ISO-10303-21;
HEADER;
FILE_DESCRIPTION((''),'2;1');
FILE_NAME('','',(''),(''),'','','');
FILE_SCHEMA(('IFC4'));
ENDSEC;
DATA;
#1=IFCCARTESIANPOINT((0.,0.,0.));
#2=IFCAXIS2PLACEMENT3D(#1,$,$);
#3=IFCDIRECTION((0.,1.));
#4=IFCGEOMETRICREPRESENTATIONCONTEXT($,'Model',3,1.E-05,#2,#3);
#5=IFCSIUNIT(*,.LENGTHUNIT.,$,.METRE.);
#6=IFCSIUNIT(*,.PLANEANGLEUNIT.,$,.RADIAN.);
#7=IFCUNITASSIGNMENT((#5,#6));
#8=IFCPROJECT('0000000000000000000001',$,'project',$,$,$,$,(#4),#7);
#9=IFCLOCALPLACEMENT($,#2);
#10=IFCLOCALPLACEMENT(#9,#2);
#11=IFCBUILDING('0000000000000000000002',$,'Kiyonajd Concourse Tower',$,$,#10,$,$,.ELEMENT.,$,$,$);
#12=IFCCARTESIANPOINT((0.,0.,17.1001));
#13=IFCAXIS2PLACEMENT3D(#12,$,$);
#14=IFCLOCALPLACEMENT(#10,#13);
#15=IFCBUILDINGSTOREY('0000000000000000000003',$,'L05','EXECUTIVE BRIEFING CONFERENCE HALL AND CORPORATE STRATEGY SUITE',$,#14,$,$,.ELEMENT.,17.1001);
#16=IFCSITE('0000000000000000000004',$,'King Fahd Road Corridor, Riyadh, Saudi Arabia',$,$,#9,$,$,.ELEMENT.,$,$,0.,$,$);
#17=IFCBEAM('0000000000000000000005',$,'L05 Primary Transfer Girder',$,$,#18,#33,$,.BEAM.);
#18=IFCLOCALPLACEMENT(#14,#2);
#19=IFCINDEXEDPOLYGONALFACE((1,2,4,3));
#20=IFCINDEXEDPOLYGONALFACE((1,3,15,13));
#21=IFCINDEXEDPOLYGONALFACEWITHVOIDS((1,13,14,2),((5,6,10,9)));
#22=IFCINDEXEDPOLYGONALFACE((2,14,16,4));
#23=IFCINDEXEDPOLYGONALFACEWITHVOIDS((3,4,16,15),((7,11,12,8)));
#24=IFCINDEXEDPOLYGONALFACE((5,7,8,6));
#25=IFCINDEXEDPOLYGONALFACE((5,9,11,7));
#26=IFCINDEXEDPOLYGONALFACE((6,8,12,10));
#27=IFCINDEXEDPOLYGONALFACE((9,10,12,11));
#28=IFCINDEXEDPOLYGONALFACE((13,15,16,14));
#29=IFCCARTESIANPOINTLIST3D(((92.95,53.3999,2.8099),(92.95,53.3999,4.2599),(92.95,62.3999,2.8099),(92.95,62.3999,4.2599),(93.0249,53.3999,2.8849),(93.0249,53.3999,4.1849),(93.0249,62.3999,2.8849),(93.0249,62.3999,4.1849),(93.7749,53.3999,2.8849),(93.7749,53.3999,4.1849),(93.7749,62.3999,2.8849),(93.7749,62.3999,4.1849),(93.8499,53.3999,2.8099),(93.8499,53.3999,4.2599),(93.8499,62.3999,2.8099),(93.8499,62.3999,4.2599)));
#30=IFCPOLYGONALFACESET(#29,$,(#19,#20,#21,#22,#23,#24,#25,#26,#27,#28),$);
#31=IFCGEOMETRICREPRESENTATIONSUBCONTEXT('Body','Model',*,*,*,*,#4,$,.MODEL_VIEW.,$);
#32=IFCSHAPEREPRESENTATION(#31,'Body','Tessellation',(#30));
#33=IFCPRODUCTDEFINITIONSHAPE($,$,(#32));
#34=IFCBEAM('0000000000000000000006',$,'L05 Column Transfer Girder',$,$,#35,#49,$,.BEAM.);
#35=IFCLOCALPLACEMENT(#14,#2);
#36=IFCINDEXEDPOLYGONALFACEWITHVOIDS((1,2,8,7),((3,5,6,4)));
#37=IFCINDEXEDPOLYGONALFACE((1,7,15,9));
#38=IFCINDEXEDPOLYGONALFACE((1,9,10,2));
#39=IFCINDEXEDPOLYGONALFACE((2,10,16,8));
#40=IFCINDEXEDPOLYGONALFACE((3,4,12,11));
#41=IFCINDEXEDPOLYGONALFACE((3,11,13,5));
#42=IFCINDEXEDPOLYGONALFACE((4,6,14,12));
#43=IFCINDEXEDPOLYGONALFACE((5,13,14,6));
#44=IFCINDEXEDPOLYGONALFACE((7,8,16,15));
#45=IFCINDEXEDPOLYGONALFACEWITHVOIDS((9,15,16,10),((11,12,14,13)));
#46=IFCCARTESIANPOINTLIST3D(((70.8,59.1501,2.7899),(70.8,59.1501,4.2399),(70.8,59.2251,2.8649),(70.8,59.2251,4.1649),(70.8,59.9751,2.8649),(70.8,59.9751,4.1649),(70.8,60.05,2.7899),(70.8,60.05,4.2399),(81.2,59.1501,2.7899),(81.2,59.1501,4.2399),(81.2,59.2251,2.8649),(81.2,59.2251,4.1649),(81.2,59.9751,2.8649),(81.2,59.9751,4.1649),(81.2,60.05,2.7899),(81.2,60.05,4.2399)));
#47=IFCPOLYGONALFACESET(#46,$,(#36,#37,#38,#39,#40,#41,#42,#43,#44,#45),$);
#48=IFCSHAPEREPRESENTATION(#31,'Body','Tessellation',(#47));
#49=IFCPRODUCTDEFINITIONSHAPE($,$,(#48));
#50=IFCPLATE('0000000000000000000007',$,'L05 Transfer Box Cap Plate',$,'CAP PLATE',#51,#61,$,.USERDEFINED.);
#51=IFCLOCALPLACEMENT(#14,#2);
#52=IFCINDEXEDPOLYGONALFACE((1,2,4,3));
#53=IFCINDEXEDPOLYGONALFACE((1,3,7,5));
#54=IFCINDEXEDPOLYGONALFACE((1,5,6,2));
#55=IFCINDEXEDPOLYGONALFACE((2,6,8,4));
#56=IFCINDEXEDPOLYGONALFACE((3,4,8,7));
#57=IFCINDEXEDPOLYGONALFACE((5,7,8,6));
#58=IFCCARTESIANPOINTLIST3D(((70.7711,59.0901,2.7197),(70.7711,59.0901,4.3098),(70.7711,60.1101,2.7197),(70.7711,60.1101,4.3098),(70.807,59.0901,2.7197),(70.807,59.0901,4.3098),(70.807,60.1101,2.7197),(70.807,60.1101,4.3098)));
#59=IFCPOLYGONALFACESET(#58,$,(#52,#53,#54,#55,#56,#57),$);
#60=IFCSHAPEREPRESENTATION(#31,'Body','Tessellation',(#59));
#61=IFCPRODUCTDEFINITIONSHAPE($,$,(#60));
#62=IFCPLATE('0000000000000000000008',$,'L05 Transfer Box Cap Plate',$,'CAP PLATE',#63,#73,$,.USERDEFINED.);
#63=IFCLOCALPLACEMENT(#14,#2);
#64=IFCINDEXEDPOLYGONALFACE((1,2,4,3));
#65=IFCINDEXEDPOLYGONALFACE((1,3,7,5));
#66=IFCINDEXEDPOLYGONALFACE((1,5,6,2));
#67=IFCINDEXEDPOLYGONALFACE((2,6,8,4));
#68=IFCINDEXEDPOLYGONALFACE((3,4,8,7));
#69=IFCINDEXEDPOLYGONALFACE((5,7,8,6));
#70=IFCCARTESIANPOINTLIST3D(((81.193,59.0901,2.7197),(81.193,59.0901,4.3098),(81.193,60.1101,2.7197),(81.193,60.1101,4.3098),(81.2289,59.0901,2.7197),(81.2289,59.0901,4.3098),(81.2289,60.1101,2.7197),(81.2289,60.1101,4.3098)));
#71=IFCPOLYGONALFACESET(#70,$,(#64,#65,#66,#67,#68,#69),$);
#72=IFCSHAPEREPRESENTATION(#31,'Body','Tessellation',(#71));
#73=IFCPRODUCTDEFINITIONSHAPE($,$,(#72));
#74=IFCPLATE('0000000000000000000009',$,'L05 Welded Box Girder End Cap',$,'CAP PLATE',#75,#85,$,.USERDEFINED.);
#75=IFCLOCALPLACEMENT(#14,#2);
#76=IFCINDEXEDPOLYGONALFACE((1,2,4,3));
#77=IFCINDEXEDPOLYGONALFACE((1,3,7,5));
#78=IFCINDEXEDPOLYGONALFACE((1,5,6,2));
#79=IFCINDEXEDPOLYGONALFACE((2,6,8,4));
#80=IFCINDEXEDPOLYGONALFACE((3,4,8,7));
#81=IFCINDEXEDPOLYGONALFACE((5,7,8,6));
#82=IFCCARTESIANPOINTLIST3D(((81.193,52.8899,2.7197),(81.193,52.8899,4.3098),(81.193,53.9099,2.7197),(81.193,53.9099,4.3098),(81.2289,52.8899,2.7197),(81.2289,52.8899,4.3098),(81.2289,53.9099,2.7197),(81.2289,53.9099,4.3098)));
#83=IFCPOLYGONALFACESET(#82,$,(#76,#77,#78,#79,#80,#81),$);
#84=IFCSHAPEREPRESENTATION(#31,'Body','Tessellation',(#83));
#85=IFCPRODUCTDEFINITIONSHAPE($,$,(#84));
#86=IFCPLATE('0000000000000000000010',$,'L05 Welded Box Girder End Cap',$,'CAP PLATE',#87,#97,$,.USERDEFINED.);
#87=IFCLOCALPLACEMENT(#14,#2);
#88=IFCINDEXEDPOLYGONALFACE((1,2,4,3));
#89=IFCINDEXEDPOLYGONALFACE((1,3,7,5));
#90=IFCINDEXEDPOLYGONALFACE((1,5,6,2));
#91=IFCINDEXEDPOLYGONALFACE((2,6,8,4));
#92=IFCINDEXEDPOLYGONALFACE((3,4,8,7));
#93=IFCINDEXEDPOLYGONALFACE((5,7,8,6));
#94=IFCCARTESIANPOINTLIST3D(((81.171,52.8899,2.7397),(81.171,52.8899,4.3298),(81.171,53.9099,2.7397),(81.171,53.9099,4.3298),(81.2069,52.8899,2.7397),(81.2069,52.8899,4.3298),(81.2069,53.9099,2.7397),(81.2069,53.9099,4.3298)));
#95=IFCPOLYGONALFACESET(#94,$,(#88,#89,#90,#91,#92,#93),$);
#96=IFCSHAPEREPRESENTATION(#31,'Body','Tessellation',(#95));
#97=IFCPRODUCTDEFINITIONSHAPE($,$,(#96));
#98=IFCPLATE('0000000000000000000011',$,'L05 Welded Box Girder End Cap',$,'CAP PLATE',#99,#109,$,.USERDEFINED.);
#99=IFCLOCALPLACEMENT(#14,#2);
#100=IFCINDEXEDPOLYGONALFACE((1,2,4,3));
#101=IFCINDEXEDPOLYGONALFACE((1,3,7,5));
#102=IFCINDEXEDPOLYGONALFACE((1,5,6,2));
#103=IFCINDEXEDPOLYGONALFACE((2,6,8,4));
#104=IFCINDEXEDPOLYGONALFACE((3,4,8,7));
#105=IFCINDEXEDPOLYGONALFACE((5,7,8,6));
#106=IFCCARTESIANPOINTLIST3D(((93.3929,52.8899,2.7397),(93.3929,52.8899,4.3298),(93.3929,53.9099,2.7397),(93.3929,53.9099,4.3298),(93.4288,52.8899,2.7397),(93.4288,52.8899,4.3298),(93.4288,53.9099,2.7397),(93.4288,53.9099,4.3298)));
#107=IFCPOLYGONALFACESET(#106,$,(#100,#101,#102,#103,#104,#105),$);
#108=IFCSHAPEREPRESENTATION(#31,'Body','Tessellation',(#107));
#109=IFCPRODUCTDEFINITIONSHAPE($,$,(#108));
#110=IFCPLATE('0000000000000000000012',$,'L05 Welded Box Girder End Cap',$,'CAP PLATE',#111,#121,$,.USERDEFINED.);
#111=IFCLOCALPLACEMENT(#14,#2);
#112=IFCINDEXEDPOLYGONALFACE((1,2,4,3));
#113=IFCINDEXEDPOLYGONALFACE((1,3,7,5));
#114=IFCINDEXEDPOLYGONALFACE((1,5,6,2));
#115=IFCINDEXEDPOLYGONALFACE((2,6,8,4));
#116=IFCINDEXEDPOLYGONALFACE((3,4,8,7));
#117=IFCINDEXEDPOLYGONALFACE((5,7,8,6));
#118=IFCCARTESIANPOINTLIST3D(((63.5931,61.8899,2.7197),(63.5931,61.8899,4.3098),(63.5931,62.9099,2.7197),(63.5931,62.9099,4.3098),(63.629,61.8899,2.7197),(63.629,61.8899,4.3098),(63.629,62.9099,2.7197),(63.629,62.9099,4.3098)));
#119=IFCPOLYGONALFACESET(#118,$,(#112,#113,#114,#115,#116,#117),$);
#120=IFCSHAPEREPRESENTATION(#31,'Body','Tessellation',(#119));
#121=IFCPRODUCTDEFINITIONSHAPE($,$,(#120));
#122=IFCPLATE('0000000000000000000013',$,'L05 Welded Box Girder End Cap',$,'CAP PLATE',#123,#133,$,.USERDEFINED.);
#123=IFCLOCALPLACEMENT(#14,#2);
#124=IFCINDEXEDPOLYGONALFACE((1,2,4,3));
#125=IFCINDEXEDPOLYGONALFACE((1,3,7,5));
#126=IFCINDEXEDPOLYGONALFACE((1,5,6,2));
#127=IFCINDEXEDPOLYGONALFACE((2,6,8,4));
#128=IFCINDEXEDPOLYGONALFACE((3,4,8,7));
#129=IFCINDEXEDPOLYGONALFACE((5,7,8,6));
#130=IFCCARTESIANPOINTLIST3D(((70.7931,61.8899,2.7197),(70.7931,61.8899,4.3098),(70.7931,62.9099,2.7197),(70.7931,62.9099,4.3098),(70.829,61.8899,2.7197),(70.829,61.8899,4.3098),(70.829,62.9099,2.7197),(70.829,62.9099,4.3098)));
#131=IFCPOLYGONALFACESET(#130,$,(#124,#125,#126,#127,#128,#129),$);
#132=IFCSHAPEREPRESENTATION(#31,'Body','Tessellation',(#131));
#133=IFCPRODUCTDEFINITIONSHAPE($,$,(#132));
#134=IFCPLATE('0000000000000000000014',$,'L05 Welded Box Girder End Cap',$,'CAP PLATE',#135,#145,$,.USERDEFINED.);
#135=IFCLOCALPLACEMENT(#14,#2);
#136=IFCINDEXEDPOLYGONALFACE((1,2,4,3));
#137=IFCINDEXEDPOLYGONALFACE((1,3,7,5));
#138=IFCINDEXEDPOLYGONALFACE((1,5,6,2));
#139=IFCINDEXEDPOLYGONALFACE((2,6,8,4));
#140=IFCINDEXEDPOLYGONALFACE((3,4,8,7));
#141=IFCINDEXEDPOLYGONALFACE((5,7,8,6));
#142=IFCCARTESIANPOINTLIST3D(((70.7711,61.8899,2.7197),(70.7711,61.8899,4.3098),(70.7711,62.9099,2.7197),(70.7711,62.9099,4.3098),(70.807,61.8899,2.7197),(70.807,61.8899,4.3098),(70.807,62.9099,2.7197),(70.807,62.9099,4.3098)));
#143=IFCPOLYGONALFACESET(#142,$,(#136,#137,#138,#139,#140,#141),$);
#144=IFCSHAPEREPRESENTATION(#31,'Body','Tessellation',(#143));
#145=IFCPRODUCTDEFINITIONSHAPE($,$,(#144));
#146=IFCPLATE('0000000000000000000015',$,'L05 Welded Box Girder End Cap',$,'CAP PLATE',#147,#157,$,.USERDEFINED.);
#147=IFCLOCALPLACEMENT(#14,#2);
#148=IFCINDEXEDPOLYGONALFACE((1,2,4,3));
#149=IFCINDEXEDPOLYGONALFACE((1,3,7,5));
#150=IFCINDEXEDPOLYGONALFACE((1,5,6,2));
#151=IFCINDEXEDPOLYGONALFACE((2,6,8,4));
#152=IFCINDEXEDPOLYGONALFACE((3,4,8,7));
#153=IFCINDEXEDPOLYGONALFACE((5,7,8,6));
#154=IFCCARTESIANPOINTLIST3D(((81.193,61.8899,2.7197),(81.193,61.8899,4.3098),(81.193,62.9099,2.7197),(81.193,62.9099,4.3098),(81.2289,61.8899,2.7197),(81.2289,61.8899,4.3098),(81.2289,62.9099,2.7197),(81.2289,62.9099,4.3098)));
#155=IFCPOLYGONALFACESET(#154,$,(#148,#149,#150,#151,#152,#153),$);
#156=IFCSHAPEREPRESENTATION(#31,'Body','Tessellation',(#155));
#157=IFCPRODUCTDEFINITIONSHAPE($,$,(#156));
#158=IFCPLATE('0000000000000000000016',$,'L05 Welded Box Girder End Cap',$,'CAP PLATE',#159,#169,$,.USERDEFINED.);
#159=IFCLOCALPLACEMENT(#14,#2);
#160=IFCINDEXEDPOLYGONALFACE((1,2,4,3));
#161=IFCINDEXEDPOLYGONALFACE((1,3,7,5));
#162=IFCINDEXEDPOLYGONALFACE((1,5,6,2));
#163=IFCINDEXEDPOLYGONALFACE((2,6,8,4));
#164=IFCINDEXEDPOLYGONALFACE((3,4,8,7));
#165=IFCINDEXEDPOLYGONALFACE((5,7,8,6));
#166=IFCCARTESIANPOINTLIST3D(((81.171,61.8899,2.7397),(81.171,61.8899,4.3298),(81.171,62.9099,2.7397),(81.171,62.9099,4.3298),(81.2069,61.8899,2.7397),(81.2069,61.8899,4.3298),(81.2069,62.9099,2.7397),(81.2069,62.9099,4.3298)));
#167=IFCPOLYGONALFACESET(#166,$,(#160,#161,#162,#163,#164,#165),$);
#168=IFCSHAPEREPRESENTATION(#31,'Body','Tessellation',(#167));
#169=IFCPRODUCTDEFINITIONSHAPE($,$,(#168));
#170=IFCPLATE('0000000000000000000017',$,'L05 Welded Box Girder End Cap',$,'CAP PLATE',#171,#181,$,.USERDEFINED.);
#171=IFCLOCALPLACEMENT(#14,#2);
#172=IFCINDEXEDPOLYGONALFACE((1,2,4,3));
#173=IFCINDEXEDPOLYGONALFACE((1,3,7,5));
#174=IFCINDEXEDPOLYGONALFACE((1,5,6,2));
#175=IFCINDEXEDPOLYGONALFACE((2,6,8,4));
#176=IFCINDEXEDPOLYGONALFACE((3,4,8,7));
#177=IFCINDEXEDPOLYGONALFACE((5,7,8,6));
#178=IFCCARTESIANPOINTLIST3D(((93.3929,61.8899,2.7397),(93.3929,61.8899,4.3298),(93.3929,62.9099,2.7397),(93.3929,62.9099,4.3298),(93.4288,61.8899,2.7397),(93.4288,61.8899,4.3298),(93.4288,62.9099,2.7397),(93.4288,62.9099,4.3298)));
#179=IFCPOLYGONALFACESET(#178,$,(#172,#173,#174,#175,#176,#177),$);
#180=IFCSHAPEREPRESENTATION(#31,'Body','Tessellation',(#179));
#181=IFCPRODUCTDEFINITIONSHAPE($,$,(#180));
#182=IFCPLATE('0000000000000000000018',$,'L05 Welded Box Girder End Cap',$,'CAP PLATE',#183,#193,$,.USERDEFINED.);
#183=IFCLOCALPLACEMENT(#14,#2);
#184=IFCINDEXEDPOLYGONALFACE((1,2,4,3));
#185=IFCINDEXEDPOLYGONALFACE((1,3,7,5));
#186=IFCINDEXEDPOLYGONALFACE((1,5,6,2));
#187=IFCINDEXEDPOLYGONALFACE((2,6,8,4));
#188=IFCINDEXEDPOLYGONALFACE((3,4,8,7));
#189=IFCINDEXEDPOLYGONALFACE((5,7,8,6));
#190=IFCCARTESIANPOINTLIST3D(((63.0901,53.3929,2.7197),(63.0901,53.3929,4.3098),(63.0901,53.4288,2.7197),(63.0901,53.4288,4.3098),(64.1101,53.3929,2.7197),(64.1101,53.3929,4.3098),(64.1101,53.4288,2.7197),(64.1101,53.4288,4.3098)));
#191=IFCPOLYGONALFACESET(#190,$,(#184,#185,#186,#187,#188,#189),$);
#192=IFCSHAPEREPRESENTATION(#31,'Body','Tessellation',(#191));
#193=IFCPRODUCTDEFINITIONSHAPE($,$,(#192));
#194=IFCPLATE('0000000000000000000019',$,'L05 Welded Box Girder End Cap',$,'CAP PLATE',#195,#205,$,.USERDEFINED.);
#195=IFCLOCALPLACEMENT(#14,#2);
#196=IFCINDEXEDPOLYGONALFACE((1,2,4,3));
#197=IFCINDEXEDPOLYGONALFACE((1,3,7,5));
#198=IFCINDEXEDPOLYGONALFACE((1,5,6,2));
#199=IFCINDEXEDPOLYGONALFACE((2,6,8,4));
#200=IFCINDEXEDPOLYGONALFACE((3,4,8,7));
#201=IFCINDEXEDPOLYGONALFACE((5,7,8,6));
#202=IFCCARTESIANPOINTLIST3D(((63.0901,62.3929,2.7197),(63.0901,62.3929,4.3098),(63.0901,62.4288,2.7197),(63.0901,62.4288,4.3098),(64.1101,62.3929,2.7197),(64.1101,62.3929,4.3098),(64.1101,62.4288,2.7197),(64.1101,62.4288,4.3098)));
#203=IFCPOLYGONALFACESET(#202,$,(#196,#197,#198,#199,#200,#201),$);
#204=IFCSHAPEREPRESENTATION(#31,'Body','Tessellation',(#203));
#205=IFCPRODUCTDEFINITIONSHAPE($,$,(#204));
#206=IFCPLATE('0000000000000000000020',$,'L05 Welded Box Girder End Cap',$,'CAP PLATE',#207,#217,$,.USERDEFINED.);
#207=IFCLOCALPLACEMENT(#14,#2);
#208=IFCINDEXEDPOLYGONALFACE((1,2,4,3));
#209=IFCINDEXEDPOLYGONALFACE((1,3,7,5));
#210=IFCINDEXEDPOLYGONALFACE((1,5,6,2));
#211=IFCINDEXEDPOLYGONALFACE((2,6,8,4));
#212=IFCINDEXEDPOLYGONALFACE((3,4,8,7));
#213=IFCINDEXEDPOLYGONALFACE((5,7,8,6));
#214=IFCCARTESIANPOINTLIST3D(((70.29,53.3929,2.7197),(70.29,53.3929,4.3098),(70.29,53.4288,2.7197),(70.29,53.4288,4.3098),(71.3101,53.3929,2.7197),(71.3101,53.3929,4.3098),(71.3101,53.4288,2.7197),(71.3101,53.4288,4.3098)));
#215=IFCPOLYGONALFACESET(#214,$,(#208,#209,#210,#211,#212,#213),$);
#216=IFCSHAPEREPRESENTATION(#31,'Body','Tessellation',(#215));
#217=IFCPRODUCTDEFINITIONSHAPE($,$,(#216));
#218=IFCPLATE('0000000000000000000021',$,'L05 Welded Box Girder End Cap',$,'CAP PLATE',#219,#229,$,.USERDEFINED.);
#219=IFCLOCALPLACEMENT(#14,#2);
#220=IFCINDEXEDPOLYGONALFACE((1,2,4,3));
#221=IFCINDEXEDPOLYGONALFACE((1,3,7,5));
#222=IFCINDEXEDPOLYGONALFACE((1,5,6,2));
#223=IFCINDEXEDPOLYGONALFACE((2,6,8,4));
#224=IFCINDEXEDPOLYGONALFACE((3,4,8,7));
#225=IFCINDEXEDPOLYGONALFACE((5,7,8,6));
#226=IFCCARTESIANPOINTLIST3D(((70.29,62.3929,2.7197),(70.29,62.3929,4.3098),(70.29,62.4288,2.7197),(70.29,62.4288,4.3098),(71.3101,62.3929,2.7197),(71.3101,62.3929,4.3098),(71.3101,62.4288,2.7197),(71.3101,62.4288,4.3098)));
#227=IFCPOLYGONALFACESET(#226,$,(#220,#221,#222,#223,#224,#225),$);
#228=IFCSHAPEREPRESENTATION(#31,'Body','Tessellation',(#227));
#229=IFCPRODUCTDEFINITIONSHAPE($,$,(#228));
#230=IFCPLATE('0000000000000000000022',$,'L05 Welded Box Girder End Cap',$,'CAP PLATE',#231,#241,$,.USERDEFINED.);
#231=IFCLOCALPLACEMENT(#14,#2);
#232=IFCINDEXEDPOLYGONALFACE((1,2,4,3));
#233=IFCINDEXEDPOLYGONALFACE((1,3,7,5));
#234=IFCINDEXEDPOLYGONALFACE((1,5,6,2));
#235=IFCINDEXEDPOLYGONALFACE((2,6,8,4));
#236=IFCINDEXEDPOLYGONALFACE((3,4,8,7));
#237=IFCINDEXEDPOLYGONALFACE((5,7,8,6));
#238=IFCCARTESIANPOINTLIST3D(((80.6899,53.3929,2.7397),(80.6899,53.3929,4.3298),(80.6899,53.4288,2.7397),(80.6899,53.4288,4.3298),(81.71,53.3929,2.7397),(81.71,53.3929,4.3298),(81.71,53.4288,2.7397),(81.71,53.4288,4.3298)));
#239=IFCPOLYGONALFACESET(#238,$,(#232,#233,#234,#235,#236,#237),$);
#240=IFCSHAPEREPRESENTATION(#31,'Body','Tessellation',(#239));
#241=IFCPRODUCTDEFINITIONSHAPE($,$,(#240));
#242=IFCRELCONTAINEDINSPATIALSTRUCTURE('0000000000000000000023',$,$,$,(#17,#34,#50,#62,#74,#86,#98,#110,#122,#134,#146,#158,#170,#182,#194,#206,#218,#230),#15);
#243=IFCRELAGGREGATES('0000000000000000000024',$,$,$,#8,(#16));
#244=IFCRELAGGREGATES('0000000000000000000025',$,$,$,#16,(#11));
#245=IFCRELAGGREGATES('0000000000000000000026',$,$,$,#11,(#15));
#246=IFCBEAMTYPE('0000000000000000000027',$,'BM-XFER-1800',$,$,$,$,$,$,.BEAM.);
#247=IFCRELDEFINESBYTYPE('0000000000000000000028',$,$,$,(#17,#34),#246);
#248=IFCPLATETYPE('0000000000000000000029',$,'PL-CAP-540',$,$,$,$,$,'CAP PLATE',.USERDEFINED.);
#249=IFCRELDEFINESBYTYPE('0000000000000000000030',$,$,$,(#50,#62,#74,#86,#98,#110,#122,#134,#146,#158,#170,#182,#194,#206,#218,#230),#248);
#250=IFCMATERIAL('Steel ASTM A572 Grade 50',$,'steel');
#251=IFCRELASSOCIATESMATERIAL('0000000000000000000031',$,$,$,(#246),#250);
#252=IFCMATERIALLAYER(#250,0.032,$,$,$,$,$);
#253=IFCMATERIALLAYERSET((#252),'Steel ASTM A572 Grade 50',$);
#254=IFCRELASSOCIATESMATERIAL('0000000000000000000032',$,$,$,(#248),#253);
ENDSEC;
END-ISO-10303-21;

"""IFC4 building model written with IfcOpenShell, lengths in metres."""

from ifc_helpers import new_model, si_unit, direction, frame, origin, origin_2d, place, context, subcontext, project, spatial, rectangle, hollow_rectangle, extrude, material, layer, layer_set, material_profile, profile_set, type_object, element, save


model = new_model("IFC4")

# Units and contexts
model_context = context("Model", 3, precision=1e-05, world=origin(), true_north=direction((0.0, 1.0)))
body_context = subcontext(model_context, "Body", "Model", "MODEL_VIEW")
ifc_project = project(units=[si_unit("LENGTHUNIT", "METRE"), si_unit("PLANEANGLEUNIT", "RADIAN")], contexts=[model_context])

# Site, building, storey
site_placement = place(None, origin())
site = spatial("IfcSite", under=ifc_project, at=site_placement, Name="King Fahd Road Corridor, Riyadh, Saudi Arabia", CompositionType="ELEMENT", RefElevation=0.0)
building_placement = place(site_placement, origin())
building = spatial("IfcBuilding", under=site, at=building_placement, Name="Kiyonajd Concourse Tower", CompositionType="ELEMENT")
storey_placement = place(building_placement, frame((0.0, 0.0, 17.1001)))
storey = spatial("IfcBuildingStorey", under=building, at=storey_placement, Name="L05", Description="EXECUTIVE BRIEFING CONFERENCE HALL AND CORPORATE STRATEGY SUITE", CompositionType="ELEMENT", Elevation=17.1001)

# Beams
ifc_material_1 = material(Name="Steel ASTM A572 Grade 50", Category="steel")
ifc_material_profile_1 = material_profile(ifc_material_1, hollow_rectangle(XDim=0.8999, YDim=1.45, WallThickness=0.075, at=origin_2d()), Name="BOX-1450x900x75")
ifc_profile_set_1 = profile_set([ifc_material_profile_1], Name="Steel ASTM A572 Grade 50")
beam_type = type_object("IfcBeamType", Name="BM-XFER-1800", PredefinedType="BEAM", material=ifc_profile_set_1)
for number, where, z_axis, x_axis, name in (
    (1, (93.3999, 53.3999, 3.5349), (0.0, 1.0, 0.0), (-1.0, 0.0, 0.0), "L05 Primary Transfer Girder"),
):
    element("IfcBeam", number, at=place(storey_placement, frame(where, z_axis=z_axis, x_axis=x_axis)), inside=storey, type_object=beam_type, Name=name, PredefinedType="BEAM", context=body_context, shape_type="SweptSolid", body=[
        extrude(hollow_rectangle(XDim=0.8999, YDim=1.45, WallThickness=0.075, at=origin_2d()), origin(), (0.0, 0.0, 1.0), 9.0),
    ])
beam_1_placement = place(storey_placement, frame((70.8, 59.6001, 3.5149), z_axis=(1.0, 0.0, 0.0), x_axis=(0.0, 1.0, 0.0)))
element("IfcBeam", 2, at=beam_1_placement, inside=storey, type_object=beam_type, Name="L05 Column Transfer Girder", PredefinedType="BEAM", context=body_context, shape_type="SweptSolid", body=[
    extrude(hollow_rectangle(XDim=0.8999, YDim=1.45, WallThickness=0.075, at=origin_2d()), origin(), (0.0, 0.0, 1.0), 10.3999),
])

# Plates
ifc_layer_1 = layer(ifc_material_1, 0.032)
ifc_layer_set_1 = layer_set([ifc_layer_1], Name="Steel ASTM A572 Grade 50")
plate_type = type_object("IfcPlateType", Name="PL-CAP-540", ElementType="CAP PLATE", PredefinedType="USERDEFINED", material=ifc_layer_set_1)
for number, where, z_axis, x_axis, name in (
    (3, (70.7891, 59.6001, 2.7197), (0.0, 0.0, 1.0), (-1.0, 0.0, 0.0), "L05 Transfer Box Cap Plate"),
    (4, (81.2109, 59.6001, 2.7197), (0.0, 0.0, 1.0), (1.0, 0.0, 0.0), "L05 Transfer Box Cap Plate"),
    (5, (81.2109, 53.3999, 2.7197), (0.0, 0.0, 1.0), (1.0, 0.0, 0.0), "L05 Welded Box Girder End Cap"),
    (6, (81.189, 53.3999, 2.7397), (0.0, 0.0, 1.0), (-1.0, 0.0, 0.0), "L05 Welded Box Girder End Cap"),
    (7, (93.4109, 53.3999, 2.7397), (0.0, 0.0, 1.0), (1.0, 0.0, 0.0), "L05 Welded Box Girder End Cap"),
    (8, (63.6111, 62.3999, 2.7197), (0.0, 0.0, 1.0), (1.0, 0.0, 0.0), "L05 Welded Box Girder End Cap"),
    (9, (70.811, 62.3999, 2.7197), (0.0, 0.0, 1.0), (1.0, 0.0, 0.0), "L05 Welded Box Girder End Cap"),
    (10, (70.7891, 62.3999, 2.7197), (0.0, 0.0, 1.0), (-1.0, 0.0, 0.0), "L05 Welded Box Girder End Cap"),
    (11, (81.2109, 62.3999, 2.7197), (0.0, 0.0, 1.0), (1.0, 0.0, 0.0), "L05 Welded Box Girder End Cap"),
    (12, (81.189, 62.3999, 2.7397), (0.0, 0.0, 1.0), (-1.0, 0.0, 0.0), "L05 Welded Box Girder End Cap"),
    (13, (93.4109, 62.3999, 2.7397), (0.0, 0.0, 1.0), (1.0, 0.0, 0.0), "L05 Welded Box Girder End Cap"),
    (14, (63.6001, 53.4109, 2.7197), (0.0, 0.0, 1.0), (0.0, 1.0, 0.0), "L05 Welded Box Girder End Cap"),
    (15, (63.6001, 62.4109, 2.7197), (0.0, 0.0, 1.0), (0.0, 1.0, 0.0), "L05 Welded Box Girder End Cap"),
    (16, (70.8, 53.4109, 2.7197), (0.0, 0.0, 1.0), (0.0, 1.0, 0.0), "L05 Welded Box Girder End Cap"),
    (17, (70.8, 62.4109, 2.7197), (0.0, 0.0, 1.0), (0.0, 1.0, 0.0), "L05 Welded Box Girder End Cap"),
    (18, (81.2, 53.4109, 2.7397), (0.0, 0.0, 1.0), (0.0, 1.0, 0.0), "L05 Welded Box Girder End Cap"),
):
    element("IfcPlate", number, at=place(storey_placement, frame(where, z_axis=z_axis, x_axis=x_axis)), inside=storey, type_object=plate_type, Name=name, ObjectType="CAP PLATE", PredefinedType="USERDEFINED", context=body_context, shape_type="SweptSolid", body=[
        extrude(rectangle(XDim=0.0359, YDim=1.02, at=origin_2d()), origin(), (0.0, 0.0, 1.0), 1.5901),
    ])

save(model, "model.ifc")
